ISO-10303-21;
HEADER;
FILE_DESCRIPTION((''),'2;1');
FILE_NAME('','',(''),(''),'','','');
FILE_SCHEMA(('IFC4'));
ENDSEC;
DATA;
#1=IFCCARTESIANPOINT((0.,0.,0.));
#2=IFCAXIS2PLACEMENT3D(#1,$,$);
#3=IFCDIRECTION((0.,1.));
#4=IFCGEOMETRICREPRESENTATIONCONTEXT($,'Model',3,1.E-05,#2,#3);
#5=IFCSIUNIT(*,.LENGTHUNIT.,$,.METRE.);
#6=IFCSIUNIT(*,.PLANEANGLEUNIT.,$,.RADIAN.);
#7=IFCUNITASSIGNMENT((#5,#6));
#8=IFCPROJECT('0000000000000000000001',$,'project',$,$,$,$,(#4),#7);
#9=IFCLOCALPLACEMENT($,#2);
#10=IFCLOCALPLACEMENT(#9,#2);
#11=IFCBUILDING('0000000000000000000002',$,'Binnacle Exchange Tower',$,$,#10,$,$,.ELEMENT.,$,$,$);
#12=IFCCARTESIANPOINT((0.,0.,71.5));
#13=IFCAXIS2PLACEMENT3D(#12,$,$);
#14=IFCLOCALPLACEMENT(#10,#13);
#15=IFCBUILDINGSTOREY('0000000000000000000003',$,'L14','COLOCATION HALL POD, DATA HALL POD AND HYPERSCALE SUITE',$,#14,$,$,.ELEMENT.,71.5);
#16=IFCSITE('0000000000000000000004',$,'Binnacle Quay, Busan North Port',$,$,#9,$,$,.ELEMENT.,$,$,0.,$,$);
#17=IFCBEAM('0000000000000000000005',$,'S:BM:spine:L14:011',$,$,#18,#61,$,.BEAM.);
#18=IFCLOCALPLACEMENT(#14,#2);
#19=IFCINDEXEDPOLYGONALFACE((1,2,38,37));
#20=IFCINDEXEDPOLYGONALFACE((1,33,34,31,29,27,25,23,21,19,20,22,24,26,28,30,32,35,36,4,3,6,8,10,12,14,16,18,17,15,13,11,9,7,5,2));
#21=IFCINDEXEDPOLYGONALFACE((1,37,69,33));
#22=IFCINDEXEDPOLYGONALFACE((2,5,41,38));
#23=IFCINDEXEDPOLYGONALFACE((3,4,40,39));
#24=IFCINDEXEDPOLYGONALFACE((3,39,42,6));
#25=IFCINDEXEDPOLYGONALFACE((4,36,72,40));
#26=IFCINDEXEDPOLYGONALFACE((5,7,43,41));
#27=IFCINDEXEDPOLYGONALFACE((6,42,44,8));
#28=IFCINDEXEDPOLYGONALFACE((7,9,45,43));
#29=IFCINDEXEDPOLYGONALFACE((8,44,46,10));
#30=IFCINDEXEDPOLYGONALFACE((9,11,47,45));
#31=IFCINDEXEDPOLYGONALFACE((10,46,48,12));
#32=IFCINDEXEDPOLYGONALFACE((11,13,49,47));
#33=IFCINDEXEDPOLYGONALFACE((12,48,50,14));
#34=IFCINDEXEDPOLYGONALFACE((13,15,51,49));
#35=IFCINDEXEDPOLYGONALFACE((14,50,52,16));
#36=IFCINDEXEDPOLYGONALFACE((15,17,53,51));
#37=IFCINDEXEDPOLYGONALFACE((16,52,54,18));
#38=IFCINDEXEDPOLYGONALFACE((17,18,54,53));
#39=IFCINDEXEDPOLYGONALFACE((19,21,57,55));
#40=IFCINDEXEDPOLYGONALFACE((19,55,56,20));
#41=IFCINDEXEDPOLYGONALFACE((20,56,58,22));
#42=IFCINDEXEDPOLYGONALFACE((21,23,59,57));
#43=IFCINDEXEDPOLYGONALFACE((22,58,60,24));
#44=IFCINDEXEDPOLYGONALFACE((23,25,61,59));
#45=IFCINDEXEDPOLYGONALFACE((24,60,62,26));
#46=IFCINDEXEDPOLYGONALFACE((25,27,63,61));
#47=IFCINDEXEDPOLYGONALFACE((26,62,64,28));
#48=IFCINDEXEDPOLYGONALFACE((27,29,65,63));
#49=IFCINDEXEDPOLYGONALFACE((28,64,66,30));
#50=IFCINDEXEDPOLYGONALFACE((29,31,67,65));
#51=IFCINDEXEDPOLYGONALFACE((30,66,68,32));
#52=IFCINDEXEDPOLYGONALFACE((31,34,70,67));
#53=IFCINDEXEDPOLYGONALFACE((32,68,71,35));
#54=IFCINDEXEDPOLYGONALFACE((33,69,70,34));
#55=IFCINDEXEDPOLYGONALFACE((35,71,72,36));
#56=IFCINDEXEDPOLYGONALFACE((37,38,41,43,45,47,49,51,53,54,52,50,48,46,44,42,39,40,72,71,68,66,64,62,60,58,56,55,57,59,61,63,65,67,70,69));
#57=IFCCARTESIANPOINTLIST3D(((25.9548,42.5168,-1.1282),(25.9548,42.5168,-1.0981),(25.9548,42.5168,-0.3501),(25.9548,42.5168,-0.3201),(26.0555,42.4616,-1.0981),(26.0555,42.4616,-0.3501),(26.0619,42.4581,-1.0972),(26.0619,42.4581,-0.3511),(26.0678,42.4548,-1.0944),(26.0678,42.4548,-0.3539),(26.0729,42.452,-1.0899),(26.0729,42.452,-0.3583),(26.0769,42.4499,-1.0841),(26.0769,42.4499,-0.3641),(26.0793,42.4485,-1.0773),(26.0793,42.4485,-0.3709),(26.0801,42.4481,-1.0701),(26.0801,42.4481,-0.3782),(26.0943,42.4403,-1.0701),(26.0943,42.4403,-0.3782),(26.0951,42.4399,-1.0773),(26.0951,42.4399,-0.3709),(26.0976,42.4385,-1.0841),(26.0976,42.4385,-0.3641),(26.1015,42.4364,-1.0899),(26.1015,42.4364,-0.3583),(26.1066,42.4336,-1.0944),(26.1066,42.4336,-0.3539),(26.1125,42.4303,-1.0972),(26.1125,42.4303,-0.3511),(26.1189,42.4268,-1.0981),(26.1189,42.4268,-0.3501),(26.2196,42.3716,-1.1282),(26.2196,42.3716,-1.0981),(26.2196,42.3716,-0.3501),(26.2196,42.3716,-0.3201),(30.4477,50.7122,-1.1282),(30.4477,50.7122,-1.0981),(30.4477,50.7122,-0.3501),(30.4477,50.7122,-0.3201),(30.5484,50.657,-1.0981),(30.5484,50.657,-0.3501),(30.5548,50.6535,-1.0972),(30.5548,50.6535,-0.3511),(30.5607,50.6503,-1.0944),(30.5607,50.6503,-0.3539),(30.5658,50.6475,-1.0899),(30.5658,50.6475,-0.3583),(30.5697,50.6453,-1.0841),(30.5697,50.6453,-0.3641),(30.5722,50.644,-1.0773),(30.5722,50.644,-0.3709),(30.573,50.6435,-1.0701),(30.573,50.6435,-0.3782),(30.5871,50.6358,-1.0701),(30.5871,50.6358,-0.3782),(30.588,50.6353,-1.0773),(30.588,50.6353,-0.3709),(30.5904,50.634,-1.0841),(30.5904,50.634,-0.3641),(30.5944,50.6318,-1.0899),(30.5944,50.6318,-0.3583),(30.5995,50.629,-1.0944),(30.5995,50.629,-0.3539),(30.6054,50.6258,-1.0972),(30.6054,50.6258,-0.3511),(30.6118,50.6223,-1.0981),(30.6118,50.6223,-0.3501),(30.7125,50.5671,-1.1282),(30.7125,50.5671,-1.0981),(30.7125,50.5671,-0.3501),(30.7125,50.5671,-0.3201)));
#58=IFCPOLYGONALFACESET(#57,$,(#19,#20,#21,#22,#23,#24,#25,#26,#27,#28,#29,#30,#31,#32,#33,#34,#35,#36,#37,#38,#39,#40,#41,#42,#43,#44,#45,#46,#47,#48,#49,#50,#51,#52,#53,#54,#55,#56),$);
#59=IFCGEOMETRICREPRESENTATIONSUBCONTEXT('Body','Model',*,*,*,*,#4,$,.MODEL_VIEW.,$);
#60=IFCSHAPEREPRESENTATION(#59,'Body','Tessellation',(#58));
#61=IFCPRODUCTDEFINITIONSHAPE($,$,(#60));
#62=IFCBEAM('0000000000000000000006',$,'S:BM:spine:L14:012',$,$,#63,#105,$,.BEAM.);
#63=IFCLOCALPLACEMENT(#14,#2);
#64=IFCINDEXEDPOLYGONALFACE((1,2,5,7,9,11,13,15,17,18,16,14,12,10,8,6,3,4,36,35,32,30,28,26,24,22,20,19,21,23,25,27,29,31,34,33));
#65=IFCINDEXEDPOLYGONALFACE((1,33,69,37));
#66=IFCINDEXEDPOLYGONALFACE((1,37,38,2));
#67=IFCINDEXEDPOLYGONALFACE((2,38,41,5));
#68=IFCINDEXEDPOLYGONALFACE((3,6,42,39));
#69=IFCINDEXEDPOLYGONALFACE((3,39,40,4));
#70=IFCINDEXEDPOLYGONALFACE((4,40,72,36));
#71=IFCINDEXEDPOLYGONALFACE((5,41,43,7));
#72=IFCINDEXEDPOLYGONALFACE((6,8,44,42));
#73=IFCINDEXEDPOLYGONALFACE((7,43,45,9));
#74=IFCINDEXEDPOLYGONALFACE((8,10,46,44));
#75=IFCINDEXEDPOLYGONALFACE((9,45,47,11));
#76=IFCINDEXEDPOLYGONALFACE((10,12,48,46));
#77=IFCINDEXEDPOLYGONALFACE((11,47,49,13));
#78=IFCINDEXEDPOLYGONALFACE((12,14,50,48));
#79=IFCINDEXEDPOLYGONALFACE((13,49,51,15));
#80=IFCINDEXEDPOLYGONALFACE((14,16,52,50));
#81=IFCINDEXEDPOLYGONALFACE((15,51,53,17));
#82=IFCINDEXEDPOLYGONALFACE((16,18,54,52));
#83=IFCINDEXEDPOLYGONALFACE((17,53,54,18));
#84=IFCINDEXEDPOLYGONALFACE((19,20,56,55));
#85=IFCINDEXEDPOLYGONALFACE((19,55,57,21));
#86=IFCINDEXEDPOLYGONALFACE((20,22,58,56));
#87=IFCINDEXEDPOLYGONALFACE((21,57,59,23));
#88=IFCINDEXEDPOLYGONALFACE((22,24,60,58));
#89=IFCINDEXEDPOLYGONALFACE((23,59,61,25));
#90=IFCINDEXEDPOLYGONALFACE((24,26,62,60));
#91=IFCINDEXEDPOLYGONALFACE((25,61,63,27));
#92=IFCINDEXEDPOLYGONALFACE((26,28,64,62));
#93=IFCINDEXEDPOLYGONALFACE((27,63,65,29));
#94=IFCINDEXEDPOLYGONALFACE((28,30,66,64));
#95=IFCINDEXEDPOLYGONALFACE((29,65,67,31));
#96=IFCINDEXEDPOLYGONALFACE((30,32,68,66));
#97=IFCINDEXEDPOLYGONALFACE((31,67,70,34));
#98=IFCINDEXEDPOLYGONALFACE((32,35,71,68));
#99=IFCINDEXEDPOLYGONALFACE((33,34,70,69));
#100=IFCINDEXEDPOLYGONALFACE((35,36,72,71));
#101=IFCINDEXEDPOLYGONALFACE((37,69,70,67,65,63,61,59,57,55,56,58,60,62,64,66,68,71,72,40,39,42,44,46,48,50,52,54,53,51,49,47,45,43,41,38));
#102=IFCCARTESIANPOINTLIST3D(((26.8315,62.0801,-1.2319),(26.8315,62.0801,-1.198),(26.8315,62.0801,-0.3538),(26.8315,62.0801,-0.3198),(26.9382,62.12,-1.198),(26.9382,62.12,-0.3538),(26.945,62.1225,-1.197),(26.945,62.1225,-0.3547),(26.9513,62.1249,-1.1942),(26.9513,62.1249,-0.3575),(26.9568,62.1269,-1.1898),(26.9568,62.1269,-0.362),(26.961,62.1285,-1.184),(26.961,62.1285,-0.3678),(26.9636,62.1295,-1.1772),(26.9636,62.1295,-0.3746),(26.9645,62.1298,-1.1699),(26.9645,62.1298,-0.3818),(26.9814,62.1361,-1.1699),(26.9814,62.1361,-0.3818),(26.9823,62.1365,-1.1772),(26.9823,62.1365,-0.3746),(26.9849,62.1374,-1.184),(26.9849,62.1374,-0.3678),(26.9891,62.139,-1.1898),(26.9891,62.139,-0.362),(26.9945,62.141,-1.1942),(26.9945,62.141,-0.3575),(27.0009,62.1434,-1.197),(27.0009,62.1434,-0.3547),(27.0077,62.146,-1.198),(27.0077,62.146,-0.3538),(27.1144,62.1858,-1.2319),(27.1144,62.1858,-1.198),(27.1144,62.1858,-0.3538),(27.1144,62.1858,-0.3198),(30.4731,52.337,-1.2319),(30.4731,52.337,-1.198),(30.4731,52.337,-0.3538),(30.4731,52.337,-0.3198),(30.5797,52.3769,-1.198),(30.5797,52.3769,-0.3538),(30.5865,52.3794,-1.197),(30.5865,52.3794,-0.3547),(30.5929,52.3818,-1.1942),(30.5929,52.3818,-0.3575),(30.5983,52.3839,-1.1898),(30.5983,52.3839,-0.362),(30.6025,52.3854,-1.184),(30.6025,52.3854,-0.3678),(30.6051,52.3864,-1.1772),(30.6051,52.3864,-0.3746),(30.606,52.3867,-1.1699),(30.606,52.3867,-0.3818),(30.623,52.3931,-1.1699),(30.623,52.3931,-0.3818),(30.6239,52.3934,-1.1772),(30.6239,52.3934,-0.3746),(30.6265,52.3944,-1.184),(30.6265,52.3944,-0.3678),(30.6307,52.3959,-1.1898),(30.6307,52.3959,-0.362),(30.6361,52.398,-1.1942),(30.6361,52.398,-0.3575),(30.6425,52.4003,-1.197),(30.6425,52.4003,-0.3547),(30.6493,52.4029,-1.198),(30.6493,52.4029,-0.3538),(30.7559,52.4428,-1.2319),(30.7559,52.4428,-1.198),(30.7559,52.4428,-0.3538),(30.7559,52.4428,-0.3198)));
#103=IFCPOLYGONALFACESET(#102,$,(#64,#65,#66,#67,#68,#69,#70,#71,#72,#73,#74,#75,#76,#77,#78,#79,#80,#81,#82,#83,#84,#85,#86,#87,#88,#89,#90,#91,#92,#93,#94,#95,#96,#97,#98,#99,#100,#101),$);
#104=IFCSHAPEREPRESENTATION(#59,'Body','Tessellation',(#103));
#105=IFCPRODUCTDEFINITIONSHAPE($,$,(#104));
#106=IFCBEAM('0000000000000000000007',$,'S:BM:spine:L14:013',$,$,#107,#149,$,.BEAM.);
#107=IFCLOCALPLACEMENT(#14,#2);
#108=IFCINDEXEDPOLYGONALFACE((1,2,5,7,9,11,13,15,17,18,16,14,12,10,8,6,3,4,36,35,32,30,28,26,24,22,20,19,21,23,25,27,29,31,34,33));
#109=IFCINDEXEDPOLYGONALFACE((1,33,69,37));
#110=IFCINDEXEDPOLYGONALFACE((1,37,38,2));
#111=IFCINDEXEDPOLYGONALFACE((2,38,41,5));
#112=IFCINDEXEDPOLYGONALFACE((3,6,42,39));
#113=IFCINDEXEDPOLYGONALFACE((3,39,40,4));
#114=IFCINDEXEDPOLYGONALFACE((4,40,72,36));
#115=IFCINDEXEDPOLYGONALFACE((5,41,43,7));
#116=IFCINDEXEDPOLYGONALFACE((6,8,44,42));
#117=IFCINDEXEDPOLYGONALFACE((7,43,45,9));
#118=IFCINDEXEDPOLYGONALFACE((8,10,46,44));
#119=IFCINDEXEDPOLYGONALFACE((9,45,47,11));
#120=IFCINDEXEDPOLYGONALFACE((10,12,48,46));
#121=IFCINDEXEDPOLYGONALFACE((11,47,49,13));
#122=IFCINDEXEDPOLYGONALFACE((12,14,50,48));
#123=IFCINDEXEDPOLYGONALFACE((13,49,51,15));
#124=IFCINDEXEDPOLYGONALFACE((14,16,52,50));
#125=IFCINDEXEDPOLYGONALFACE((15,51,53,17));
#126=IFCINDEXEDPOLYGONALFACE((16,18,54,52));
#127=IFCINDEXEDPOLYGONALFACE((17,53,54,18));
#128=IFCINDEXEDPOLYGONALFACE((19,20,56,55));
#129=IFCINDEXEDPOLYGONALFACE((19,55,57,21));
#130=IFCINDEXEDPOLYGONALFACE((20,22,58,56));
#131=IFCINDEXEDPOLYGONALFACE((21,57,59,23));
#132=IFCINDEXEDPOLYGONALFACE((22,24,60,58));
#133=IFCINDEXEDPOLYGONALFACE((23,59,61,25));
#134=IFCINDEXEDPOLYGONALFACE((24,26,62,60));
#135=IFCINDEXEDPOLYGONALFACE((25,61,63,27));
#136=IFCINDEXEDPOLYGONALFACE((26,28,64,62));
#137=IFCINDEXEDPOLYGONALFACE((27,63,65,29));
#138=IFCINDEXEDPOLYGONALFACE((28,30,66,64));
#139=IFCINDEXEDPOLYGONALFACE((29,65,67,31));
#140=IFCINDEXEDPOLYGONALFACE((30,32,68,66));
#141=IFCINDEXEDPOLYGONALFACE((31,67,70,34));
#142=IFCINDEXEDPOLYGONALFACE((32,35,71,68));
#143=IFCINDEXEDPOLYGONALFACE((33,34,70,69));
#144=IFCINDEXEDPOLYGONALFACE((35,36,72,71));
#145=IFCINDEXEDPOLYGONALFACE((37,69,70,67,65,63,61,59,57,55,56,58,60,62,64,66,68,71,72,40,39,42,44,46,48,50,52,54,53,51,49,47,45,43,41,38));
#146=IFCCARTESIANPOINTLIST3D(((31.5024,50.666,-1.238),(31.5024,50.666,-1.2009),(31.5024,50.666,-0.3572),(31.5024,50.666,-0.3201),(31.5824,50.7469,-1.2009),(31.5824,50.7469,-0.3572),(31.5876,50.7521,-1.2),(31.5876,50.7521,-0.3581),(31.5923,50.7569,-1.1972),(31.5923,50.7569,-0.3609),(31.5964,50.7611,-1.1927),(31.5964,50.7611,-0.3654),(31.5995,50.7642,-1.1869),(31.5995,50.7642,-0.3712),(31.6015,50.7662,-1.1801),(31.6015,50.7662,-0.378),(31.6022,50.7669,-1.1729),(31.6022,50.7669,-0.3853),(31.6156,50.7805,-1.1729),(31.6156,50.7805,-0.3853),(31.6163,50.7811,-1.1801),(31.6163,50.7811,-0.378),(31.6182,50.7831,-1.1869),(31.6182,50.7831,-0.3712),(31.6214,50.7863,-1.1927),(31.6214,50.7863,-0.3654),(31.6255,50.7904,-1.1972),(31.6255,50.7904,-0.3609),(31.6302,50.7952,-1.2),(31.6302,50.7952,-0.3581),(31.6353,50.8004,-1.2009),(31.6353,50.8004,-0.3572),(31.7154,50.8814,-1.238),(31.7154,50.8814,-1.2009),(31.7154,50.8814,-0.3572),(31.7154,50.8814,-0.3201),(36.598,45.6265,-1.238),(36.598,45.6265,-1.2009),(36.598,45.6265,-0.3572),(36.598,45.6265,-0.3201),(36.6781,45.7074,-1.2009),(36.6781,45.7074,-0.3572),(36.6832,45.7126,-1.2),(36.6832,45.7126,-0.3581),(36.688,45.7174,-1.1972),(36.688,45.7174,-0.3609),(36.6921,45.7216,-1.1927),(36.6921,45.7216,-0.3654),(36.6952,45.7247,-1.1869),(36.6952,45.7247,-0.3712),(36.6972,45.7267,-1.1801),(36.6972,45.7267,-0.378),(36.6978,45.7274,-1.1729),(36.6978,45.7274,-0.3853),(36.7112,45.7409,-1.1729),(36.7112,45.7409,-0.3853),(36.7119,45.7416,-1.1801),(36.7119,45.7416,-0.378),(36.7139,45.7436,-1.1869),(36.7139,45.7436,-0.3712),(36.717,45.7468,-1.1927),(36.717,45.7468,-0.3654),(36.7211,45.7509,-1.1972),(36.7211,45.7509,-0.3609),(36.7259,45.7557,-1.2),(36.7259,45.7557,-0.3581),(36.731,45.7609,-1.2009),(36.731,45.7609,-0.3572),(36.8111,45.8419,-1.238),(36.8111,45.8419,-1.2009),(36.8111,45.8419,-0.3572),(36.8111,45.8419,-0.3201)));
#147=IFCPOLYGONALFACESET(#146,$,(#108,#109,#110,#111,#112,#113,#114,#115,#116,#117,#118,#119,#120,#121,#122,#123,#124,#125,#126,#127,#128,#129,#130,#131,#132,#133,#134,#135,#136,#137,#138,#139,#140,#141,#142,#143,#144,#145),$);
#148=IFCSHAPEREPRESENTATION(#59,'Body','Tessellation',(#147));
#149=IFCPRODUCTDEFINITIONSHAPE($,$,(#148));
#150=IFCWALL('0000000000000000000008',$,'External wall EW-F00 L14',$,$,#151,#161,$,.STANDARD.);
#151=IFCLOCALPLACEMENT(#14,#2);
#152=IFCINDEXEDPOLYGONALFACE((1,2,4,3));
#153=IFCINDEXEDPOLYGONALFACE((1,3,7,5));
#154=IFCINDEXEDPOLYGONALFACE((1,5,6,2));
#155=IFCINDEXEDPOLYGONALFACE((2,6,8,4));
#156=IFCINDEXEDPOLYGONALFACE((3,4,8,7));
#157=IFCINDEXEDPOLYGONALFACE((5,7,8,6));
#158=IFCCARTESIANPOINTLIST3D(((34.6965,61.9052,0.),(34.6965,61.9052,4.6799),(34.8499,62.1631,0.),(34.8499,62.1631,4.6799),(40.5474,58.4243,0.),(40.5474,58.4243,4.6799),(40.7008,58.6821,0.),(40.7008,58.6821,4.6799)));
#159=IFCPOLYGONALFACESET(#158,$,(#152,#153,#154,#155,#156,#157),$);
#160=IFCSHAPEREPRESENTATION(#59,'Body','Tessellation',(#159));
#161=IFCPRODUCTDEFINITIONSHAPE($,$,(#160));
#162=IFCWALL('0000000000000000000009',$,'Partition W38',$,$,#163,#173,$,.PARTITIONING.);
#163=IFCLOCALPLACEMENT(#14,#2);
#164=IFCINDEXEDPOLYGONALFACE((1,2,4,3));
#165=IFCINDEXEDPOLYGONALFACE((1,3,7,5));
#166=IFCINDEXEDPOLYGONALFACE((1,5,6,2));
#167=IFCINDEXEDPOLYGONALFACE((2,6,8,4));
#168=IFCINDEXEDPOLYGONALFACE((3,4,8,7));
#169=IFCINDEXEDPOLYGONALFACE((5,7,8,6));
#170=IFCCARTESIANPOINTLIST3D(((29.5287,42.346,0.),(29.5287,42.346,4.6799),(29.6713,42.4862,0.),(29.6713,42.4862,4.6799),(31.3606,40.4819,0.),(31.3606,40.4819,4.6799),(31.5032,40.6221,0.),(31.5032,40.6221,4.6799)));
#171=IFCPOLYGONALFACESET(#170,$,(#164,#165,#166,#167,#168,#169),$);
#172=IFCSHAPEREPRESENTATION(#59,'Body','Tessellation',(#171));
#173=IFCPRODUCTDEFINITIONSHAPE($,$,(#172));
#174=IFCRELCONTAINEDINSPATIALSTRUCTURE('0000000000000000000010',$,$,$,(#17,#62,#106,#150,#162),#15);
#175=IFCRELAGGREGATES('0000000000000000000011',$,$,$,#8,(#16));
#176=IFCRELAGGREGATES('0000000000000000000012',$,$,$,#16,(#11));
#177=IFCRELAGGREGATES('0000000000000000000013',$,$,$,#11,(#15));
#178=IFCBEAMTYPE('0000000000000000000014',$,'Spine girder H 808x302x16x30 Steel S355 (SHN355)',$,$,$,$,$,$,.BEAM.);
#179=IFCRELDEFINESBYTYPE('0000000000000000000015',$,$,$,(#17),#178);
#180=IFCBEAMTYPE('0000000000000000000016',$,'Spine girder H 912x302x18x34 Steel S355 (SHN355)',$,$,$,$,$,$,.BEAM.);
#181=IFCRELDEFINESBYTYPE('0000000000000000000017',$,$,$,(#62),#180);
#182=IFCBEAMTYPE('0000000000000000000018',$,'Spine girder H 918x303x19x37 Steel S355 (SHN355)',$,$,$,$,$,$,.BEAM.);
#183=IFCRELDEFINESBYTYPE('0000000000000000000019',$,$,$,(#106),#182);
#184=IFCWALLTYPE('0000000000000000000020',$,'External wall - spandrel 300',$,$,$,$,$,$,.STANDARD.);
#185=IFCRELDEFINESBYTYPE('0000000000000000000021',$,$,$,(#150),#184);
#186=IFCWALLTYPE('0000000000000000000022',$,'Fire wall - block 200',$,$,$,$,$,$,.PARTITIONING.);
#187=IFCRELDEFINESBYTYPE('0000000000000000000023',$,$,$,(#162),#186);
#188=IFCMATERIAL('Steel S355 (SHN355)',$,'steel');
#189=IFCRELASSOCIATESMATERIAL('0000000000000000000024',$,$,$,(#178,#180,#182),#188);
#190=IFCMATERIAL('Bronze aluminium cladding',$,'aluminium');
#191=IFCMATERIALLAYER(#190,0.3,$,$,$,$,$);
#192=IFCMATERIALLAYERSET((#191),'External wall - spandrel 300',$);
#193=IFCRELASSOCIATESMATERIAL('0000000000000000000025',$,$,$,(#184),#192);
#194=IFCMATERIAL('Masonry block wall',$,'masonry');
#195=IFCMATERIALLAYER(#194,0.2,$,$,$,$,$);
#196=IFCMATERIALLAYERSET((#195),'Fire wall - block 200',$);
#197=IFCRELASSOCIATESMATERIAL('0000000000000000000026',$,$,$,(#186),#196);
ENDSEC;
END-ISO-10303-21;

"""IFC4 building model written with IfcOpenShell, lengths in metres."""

from ifc_helpers import new_model, si_unit, direction, frame, frame_2d, origin, origin_2d, place, context, subcontext, project, spatial, rectangle, i_section, extrude, material, layer, layer_set, material_profile, profile_set, type_object, element, save


model = new_model("IFC4")

# Units and contexts
model_context = context("Model", 3, precision=1e-05, world=origin(), true_north=direction((0.0, 1.0)))
body_context = subcontext(model_context, "Body", "Model", "MODEL_VIEW")
ifc_project = project(units=[si_unit("LENGTHUNIT", "METRE"), si_unit("PLANEANGLEUNIT", "RADIAN")], contexts=[model_context])

# Site, building, storey
site_placement = place(None, origin())
site = spatial("IfcSite", under=ifc_project, at=site_placement, Name="Binnacle Quay, Busan North Port", CompositionType="ELEMENT", RefElevation=0.0)
building_placement = place(site_placement, origin())
building = spatial("IfcBuilding", under=site, at=building_placement, Name="Binnacle Exchange Tower", CompositionType="ELEMENT")
storey_placement = place(building_placement, frame((0.0, 0.0, 71.5)))
storey = spatial("IfcBuildingStorey", under=building, at=storey_placement, Name="L14", Description="COLOCATION HALL POD, DATA HALL POD AND HYPERSCALE SUITE", CompositionType="ELEMENT", Elevation=71.5)

# Beams
ifc_material_1 = material(Name="Steel S355 (SHN355)", Category="steel")
ifc_material_profile_1 = material_profile(ifc_material_1, i_section(OverallWidth=0.302, OverallDepth=0.8081, WebThickness=0.0161, FlangeThickness=0.03, FilletRadius=0.0281, at=origin_2d()), Name="H 808x302x16x30")
ifc_profile_set_1 = profile_set([ifc_material_profile_1], Name="Steel S355 (SHN355)")
beam_type_1 = type_object("IfcBeamType", Name="Spine girder H 808x302x16x30 Steel S355 (SHN355)", PredefinedType="BEAM", material=ifc_profile_set_1)
beam_1_placement = place(storey_placement, frame((30.5801, 50.6396, -0.7241), z_axis=(-0.480716, -0.876876, 0.0), x_axis=(0.876876, -0.480716, 0.0)))
element("IfcBeam", 1, at=beam_1_placement, inside=storey, type_object=beam_type_1, Name="S:BM:spine:L14:011", PredefinedType="BEAM", context=body_context, shape_type="SweptSolid", body=[
    extrude(i_section(OverallWidth=0.302, OverallDepth=0.8081, WebThickness=0.0161, FlangeThickness=0.03, FilletRadius=0.0281, at=origin_2d()), origin(), (0.0, 0.0, 1.0), 9.3462),
])
ifc_material_profile_2 = material_profile(ifc_material_1, i_section(OverallWidth=0.302, OverallDepth=0.9121, WebThickness=0.0181, FlangeThickness=0.0339, FilletRadius=0.0281, at=origin_2d()), Name="H 912x302x18x34")
ifc_profile_set_2 = profile_set([ifc_material_profile_2], Name="Steel S355 (SHN355)")
beam_type_2 = type_object("IfcBeamType", Name="Spine girder H 912x302x18x34 Steel S355 (SHN355)", PredefinedType="BEAM", material=ifc_profile_set_2)
beam_2_placement = place(storey_placement, frame((30.6145, 52.3899, -0.7759), z_axis=(-0.350105, 0.936711, 0.0), x_axis=(-0.936711, -0.350105, 0.0)))
element("IfcBeam", 2, at=beam_2_placement, inside=storey, type_object=beam_type_2, Name="S:BM:spine:L14:012", PredefinedType="BEAM", context=body_context, shape_type="SweptSolid", body=[
    extrude(i_section(OverallWidth=0.302, OverallDepth=0.9121, WebThickness=0.0181, FlangeThickness=0.0339, FilletRadius=0.0281, at=origin_2d()), origin(), (0.0, 0.0, 1.0), 10.4014),
])
ifc_material_profile_3 = material_profile(ifc_material_1, i_section(OverallWidth=0.303, OverallDepth=0.918, WebThickness=0.019, FlangeThickness=0.0371, FilletRadius=0.0281, at=origin_2d()), Name="H 918x303x19x37")
ifc_profile_set_3 = profile_set([ifc_material_profile_3], Name="Steel S355 (SHN355)")
beam_type_3 = type_object("IfcBeamType", Name="Spine girder H 918x303x19x37 Steel S355 (SHN355)", PredefinedType="BEAM", material=ifc_profile_set_3)
beam_3_placement = place(storey_placement, frame((31.6089, 50.7737, -0.7791), z_axis=(0.711013, -0.703178, 0.0), x_axis=(0.703178, 0.711013, 0.0)))
element("IfcBeam", 3, at=beam_3_placement, inside=storey, type_object=beam_type_3, Name="S:BM:spine:L14:013", PredefinedType="BEAM", context=body_context, shape_type="SweptSolid", body=[
    extrude(i_section(OverallWidth=0.303, OverallDepth=0.918, WebThickness=0.019, FlangeThickness=0.0371, FilletRadius=0.0281, at=origin_2d()), origin(), (0.0, 0.0, 1.0), 7.1667),
])

# Walls
ifc_material_2 = material(Name="Bronze aluminium cladding", Category="aluminium")
ifc_layer_1 = layer(ifc_material_2, 0.3)
ifc_layer_set_1 = layer_set([ifc_layer_1], Name="External wall - spandrel 300")
wall_type_1 = type_object("IfcWallType", Name="External wall - spandrel 300", PredefinedType="STANDARD", material=ifc_layer_set_1)
wall_1_placement = place(storey_placement, frame((34.7732, 62.0342, 0.0), z_axis=(0.0, 0.0, 1.0), x_axis=(0.859401, -0.511302, 0.0)))
element("IfcWall", 4, at=wall_1_placement, inside=storey, type_object=wall_type_1, Name="External wall EW-F00 L14", PredefinedType="STANDARD", context=body_context, shape_type="SweptSolid", body=[
    extrude(rectangle(XDim=6.8081, YDim=0.3, at=frame_2d((3.4041, 0.0))), origin(), (0.0, 0.0, 1.0), 4.6799),
])
ifc_material_3 = material(Name="Masonry block wall", Category="masonry")
ifc_layer_2 = layer(ifc_material_3, 0.2)
ifc_layer_set_2 = layer_set([ifc_layer_2], Name="Fire wall - block 200")
wall_type_2 = type_object("IfcWallType", Name="Fire wall - block 200", PredefinedType="PARTITIONING", material=ifc_layer_set_2)
wall_2_placement = place(storey_placement, frame((29.6001, 42.416, 0.0), z_axis=(0.0, 0.0, 1.0), x_axis=(0.700914, -0.713245, 0.0)))
element("IfcWall", 5, at=wall_2_placement, inside=storey, type_object=wall_type_2, Name="Partition W38", PredefinedType="PARTITIONING", context=body_context, shape_type="SweptSolid", body=[
    extrude(rectangle(XDim=2.6135, YDim=0.2, at=frame_2d((1.3066, 0.0))), origin(), (0.0, 0.0, 1.0), 4.6799),
])

save(model, "model.ifc")
